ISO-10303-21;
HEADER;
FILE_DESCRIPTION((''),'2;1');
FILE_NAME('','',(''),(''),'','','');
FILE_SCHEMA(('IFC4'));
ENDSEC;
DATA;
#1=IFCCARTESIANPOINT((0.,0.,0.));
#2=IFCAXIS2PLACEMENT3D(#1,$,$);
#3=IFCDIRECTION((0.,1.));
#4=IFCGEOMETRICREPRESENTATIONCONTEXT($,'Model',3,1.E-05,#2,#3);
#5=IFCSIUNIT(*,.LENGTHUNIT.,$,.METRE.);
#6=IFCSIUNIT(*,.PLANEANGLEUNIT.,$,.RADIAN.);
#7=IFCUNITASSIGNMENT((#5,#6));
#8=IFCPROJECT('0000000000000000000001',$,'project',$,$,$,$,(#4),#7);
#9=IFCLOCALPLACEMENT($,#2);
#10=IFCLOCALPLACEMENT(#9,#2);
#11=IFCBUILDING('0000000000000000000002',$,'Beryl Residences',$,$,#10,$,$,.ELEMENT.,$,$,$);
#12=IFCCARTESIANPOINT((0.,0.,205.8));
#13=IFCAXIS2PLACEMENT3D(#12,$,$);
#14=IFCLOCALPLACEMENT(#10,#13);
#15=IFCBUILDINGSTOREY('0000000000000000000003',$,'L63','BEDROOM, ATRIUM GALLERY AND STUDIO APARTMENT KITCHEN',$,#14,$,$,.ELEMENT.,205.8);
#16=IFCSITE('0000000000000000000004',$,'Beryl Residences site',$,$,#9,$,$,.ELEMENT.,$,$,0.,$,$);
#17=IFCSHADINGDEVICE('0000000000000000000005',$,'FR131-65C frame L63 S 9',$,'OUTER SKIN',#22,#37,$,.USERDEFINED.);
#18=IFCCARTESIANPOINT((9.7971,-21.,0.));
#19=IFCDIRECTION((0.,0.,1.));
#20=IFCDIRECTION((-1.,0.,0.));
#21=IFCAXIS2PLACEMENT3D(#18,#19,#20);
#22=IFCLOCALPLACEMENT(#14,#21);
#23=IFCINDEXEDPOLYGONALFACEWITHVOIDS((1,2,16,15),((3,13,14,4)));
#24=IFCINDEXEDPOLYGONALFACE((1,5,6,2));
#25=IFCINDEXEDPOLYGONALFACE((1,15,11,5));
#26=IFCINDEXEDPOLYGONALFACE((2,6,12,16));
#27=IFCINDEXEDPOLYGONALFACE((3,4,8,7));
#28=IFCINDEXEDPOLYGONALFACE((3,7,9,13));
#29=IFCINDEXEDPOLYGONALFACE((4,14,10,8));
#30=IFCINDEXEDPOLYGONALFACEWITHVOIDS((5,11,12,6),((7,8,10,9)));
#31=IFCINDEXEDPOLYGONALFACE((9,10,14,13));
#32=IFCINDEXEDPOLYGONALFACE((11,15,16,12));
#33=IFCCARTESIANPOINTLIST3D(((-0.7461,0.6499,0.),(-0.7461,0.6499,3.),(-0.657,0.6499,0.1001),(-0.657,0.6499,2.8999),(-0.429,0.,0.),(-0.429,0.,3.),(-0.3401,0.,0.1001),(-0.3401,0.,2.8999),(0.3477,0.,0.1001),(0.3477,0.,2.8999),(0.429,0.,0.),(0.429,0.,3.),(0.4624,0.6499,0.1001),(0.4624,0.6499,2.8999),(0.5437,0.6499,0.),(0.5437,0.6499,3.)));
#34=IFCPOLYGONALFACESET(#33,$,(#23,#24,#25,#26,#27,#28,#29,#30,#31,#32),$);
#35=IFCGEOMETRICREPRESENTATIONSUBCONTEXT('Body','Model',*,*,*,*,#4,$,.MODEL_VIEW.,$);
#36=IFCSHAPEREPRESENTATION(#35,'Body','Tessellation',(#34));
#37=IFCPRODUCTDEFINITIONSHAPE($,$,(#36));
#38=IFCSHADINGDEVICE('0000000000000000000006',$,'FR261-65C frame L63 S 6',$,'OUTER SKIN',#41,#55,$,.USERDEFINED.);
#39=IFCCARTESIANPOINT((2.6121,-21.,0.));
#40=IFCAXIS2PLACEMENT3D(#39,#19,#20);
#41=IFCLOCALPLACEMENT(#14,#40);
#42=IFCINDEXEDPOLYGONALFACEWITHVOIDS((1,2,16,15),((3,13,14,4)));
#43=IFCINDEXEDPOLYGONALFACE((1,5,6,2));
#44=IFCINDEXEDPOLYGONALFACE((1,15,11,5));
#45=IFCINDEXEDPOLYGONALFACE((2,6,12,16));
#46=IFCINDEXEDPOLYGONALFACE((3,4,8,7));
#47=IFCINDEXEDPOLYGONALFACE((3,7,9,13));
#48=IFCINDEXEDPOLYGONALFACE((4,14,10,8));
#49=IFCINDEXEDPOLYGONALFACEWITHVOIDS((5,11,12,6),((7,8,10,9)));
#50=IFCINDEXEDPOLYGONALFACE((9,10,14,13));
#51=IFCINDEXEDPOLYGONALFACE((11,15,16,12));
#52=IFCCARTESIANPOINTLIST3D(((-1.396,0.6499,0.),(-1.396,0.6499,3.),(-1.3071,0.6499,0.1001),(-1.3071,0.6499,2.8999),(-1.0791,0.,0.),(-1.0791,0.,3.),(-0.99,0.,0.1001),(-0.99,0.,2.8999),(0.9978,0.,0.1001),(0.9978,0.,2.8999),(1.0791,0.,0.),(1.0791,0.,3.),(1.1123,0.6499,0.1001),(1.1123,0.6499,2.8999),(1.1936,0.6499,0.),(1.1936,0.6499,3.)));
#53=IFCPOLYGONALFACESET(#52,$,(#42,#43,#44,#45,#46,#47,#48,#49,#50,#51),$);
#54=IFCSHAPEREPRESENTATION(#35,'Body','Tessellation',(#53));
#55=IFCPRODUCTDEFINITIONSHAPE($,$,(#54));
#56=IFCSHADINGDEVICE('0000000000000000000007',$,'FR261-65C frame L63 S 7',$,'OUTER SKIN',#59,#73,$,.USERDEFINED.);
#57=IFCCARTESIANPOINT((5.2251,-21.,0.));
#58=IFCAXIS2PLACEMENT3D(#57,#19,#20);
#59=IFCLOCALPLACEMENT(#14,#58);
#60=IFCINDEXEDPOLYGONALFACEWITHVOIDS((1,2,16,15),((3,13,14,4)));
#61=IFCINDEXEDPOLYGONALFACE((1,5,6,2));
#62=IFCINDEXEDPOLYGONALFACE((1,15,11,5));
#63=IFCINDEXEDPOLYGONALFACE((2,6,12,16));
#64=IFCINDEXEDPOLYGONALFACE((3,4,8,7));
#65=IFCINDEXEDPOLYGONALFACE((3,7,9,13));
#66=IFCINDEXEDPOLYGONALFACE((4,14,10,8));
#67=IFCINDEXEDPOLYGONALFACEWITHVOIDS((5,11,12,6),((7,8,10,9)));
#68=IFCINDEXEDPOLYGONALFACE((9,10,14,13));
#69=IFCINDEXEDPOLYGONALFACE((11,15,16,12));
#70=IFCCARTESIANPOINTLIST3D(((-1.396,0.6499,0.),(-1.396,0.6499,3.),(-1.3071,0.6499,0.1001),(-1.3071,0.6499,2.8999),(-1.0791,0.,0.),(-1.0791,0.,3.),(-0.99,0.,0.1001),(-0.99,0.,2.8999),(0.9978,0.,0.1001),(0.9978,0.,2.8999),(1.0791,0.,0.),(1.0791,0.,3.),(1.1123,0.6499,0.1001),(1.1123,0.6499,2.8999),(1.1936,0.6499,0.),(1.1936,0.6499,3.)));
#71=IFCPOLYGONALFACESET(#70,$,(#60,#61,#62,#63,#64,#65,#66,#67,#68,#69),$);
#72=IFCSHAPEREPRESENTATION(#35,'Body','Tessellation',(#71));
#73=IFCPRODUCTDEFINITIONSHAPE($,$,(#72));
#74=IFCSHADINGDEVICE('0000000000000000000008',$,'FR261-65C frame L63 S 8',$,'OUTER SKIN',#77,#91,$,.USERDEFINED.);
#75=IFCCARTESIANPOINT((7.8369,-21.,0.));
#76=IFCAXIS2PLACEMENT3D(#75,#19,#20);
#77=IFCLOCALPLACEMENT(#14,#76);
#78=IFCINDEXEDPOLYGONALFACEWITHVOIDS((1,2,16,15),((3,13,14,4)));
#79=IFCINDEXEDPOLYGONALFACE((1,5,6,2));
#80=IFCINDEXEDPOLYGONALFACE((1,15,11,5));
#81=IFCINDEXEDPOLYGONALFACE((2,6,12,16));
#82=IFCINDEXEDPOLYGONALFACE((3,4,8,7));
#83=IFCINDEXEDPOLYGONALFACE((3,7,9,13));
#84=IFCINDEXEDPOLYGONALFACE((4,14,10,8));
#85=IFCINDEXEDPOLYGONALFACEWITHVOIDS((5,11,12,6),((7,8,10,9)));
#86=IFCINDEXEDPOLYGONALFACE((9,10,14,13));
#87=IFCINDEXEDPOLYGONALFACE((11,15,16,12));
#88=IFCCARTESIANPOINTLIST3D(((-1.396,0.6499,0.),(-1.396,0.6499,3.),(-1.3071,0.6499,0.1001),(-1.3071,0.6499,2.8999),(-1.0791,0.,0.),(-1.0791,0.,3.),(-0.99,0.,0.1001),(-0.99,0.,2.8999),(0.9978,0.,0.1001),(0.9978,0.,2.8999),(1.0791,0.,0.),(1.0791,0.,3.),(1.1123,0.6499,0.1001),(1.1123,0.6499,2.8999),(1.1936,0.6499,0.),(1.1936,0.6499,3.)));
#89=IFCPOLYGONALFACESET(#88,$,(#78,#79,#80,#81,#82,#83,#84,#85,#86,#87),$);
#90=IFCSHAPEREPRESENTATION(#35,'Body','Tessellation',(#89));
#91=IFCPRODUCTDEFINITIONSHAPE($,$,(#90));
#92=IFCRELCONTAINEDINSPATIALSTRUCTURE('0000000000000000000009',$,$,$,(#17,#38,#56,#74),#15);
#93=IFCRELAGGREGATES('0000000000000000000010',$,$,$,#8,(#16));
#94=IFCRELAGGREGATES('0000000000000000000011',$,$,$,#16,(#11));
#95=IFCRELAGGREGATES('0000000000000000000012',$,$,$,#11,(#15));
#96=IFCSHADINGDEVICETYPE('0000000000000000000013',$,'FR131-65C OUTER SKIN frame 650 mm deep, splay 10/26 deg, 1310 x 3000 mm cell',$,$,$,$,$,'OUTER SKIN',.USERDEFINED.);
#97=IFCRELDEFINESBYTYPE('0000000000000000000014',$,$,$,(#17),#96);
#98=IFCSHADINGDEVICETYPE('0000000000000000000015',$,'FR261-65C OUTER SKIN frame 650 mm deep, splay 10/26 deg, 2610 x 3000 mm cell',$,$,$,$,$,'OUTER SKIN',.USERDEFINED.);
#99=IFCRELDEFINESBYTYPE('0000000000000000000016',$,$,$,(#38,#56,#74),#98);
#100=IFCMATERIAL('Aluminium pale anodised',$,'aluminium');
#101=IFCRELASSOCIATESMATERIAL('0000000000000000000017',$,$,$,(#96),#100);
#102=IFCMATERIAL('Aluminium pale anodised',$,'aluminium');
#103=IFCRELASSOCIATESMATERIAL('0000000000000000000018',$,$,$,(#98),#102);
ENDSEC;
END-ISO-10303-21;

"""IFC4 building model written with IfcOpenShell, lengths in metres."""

from ifc_helpers import new_model, entity, si_unit, direction, frame, origin, place, context, subcontext, project, spatial, source, transform, mapped, material, type_object, type_shapes, element, save


model = new_model("IFC4")

# Units and contexts
model_context = context("Model", 3, precision=1e-05, world=origin(), true_north=direction((0.0, 1.0)))
body_context = subcontext(model_context, "Body", "Model", "MODEL_VIEW")
ifc_project = project(units=[si_unit("LENGTHUNIT", "METRE"), si_unit("PLANEANGLEUNIT", "RADIAN")], contexts=[model_context])

# Site, building, storey
site_placement = place(None, origin())
site = spatial("IfcSite", under=ifc_project, at=site_placement, Name="Beryl Residences site", CompositionType="ELEMENT", RefElevation=0.0)
building_placement = place(site_placement, origin())
building = spatial("IfcBuilding", under=site, at=building_placement, Name="Beryl Residences", CompositionType="ELEMENT")
storey_placement = place(building_placement, frame((0.0, 0.0, 205.8)))
storey = spatial("IfcBuildingStorey", under=building, at=storey_placement, Name="L63", Description="BEDROOM, ATRIUM GALLERY AND STUDIO APARTMENT KITCHEN", CompositionType="ELEMENT", Elevation=205.8)

# Shading devices
ifc_material_1 = material(Name="Aluminium pale anodised", Category="aluminium")
shading_device_type_1 = type_object("IfcShadingDeviceType", Name="FR131-65C OUTER SKIN frame 650 mm deep, splay 10/26 deg, 1310 x 3000 mm cell", ElementType="OUTER SKIN", PredefinedType="USERDEFINED", material=ifc_material_1)
cartesian_point_1 = entity("IfcCartesianPoint", [-0.429, 0.0])
cartesian_point_2 = entity("IfcCartesianPoint", [-0.3477, 0.1001])
cartesian_point_3 = entity("IfcCartesianPoint", [-0.5437, 0.0])
cartesian_point_4 = entity("IfcCartesianPoint", [-0.4624, 0.1001])
shared_shape_1 = source(origin(), body_context, "Body", "SweptSolid", [
    entity("IfcExtrudedAreaSolidTapered", entity("IfcArbitraryProfileDefWithVoids", "AREA", None, entity("IfcPolyline", [cartesian_point_1, entity("IfcCartesianPoint", [0.429, 0.0]), entity("IfcCartesianPoint", [0.429, 3.0]), entity("IfcCartesianPoint", [-0.429, 3.0]), cartesian_point_1]), [entity("IfcPolyline", [cartesian_point_2, entity("IfcCartesianPoint", [0.3401, 0.1001]), entity("IfcCartesianPoint", [0.3401, 2.8999]), entity("IfcCartesianPoint", [-0.3477, 2.8999]), cartesian_point_2])]), entity("IfcAxis2Placement3D", entity("IfcCartesianPoint", [0.0, 0.0, 0.0]), entity("IfcDirection", [0.0, 1.0, 0.0]), entity("IfcDirection", [-1.0, 0.0, 0.0])), entity("IfcDirection", [0.0, 0.0, 1.0]), 0.6499, entity("IfcArbitraryProfileDefWithVoids", "AREA", None, entity("IfcPolyline", [cartesian_point_3, entity("IfcCartesianPoint", [0.7461, 0.0]), entity("IfcCartesianPoint", [0.7461, 3.0]), entity("IfcCartesianPoint", [-0.5437, 3.0]), cartesian_point_3]), [entity("IfcPolyline", [cartesian_point_4, entity("IfcCartesianPoint", [0.657, 0.1001]), entity("IfcCartesianPoint", [0.657, 2.8999]), entity("IfcCartesianPoint", [-0.4624, 2.8999]), cartesian_point_4])])),
])
type_shapes(shading_device_type_1, [shared_shape_1])
shading_device_placement = place(storey_placement, frame((9.7971, -21.0, 0.0), z_axis=(0.0, 0.0, 1.0), x_axis=(-1.0, 0.0, 0.0)))
element("IfcShadingDevice", 1, at=shading_device_placement, inside=storey, type_object=shading_device_type_1, Name="FR131-65C frame L63 S 9", ObjectType="OUTER SKIN", PredefinedType="USERDEFINED", context=body_context, shape_type="MappedRepresentation", body=[
    mapped(shared_shape_1, transform((0.0, 0.0, 0.0))),
])
ifc_material_2 = material(Name="Aluminium pale anodised", Category="aluminium")
shading_device_type_2 = type_object("IfcShadingDeviceType", Name="FR261-65C OUTER SKIN frame 650 mm deep, splay 10/26 deg, 2610 x 3000 mm cell", ElementType="OUTER SKIN", PredefinedType="USERDEFINED", material=ifc_material_2)
cartesian_point_5 = entity("IfcCartesianPoint", [-1.0791, 0.0])
cartesian_point_6 = entity("IfcCartesianPoint", [-0.9978, 0.1001])
cartesian_point_7 = entity("IfcCartesianPoint", [-1.1936, 0.0])
cartesian_point_8 = entity("IfcCartesianPoint", [-1.1123, 0.1001])
shared_shape_2 = source(origin(), body_context, "Body", "SweptSolid", [
    entity("IfcExtrudedAreaSolidTapered", entity("IfcArbitraryProfileDefWithVoids", "AREA", None, entity("IfcPolyline", [cartesian_point_5, entity("IfcCartesianPoint", [1.0791, 0.0]), entity("IfcCartesianPoint", [1.0791, 3.0]), entity("IfcCartesianPoint", [-1.0791, 3.0]), cartesian_point_5]), [entity("IfcPolyline", [cartesian_point_6, entity("IfcCartesianPoint", [0.99, 0.1001]), entity("IfcCartesianPoint", [0.99, 2.8999]), entity("IfcCartesianPoint", [-0.9978, 2.8999]), cartesian_point_6])]), entity("IfcAxis2Placement3D", entity("IfcCartesianPoint", [0.0, 0.0, 0.0]), entity("IfcDirection", [0.0, 1.0, 0.0]), entity("IfcDirection", [-1.0, 0.0, 0.0])), entity("IfcDirection", [0.0, 0.0, 1.0]), 0.6499, entity("IfcArbitraryProfileDefWithVoids", "AREA", None, entity("IfcPolyline", [cartesian_point_7, entity("IfcCartesianPoint", [1.396, 0.0]), entity("IfcCartesianPoint", [1.396, 3.0]), entity("IfcCartesianPoint", [-1.1936, 3.0]), cartesian_point_7]), [entity("IfcPolyline", [cartesian_point_8, entity("IfcCartesianPoint", [1.3071, 0.1001]), entity("IfcCartesianPoint", [1.3071, 2.8999]), entity("IfcCartesianPoint", [-1.1123, 2.8999]), cartesian_point_8])])),
])
type_shapes(shading_device_type_2, [shared_shape_2])
for number, where, z_axis, x_axis, name in (
    (2, (2.6121, -21.0, 0.0), (0.0, 0.0, 1.0), (-1.0, 0.0, 0.0), "FR261-65C frame L63 S 6"),
    (3, (5.2251, -21.0, 0.0), (0.0, 0.0, 1.0), (-1.0, 0.0, 0.0), "FR261-65C frame L63 S 7"),
    (4, (7.8369, -21.0, 0.0), (0.0, 0.0, 1.0), (-1.0, 0.0, 0.0), "FR261-65C frame L63 S 8"),
):
    element("IfcShadingDevice", number, at=place(storey_placement, frame(where, z_axis=z_axis, x_axis=x_axis)), inside=storey, type_object=shading_device_type_2, Name=name, ObjectType="OUTER SKIN", PredefinedType="USERDEFINED", context=body_context, shape_type="MappedRepresentation", body=[
        mapped(shared_shape_2, transform((0.0, 0.0, 0.0))),
    ])

save(model, "model.ifc")
